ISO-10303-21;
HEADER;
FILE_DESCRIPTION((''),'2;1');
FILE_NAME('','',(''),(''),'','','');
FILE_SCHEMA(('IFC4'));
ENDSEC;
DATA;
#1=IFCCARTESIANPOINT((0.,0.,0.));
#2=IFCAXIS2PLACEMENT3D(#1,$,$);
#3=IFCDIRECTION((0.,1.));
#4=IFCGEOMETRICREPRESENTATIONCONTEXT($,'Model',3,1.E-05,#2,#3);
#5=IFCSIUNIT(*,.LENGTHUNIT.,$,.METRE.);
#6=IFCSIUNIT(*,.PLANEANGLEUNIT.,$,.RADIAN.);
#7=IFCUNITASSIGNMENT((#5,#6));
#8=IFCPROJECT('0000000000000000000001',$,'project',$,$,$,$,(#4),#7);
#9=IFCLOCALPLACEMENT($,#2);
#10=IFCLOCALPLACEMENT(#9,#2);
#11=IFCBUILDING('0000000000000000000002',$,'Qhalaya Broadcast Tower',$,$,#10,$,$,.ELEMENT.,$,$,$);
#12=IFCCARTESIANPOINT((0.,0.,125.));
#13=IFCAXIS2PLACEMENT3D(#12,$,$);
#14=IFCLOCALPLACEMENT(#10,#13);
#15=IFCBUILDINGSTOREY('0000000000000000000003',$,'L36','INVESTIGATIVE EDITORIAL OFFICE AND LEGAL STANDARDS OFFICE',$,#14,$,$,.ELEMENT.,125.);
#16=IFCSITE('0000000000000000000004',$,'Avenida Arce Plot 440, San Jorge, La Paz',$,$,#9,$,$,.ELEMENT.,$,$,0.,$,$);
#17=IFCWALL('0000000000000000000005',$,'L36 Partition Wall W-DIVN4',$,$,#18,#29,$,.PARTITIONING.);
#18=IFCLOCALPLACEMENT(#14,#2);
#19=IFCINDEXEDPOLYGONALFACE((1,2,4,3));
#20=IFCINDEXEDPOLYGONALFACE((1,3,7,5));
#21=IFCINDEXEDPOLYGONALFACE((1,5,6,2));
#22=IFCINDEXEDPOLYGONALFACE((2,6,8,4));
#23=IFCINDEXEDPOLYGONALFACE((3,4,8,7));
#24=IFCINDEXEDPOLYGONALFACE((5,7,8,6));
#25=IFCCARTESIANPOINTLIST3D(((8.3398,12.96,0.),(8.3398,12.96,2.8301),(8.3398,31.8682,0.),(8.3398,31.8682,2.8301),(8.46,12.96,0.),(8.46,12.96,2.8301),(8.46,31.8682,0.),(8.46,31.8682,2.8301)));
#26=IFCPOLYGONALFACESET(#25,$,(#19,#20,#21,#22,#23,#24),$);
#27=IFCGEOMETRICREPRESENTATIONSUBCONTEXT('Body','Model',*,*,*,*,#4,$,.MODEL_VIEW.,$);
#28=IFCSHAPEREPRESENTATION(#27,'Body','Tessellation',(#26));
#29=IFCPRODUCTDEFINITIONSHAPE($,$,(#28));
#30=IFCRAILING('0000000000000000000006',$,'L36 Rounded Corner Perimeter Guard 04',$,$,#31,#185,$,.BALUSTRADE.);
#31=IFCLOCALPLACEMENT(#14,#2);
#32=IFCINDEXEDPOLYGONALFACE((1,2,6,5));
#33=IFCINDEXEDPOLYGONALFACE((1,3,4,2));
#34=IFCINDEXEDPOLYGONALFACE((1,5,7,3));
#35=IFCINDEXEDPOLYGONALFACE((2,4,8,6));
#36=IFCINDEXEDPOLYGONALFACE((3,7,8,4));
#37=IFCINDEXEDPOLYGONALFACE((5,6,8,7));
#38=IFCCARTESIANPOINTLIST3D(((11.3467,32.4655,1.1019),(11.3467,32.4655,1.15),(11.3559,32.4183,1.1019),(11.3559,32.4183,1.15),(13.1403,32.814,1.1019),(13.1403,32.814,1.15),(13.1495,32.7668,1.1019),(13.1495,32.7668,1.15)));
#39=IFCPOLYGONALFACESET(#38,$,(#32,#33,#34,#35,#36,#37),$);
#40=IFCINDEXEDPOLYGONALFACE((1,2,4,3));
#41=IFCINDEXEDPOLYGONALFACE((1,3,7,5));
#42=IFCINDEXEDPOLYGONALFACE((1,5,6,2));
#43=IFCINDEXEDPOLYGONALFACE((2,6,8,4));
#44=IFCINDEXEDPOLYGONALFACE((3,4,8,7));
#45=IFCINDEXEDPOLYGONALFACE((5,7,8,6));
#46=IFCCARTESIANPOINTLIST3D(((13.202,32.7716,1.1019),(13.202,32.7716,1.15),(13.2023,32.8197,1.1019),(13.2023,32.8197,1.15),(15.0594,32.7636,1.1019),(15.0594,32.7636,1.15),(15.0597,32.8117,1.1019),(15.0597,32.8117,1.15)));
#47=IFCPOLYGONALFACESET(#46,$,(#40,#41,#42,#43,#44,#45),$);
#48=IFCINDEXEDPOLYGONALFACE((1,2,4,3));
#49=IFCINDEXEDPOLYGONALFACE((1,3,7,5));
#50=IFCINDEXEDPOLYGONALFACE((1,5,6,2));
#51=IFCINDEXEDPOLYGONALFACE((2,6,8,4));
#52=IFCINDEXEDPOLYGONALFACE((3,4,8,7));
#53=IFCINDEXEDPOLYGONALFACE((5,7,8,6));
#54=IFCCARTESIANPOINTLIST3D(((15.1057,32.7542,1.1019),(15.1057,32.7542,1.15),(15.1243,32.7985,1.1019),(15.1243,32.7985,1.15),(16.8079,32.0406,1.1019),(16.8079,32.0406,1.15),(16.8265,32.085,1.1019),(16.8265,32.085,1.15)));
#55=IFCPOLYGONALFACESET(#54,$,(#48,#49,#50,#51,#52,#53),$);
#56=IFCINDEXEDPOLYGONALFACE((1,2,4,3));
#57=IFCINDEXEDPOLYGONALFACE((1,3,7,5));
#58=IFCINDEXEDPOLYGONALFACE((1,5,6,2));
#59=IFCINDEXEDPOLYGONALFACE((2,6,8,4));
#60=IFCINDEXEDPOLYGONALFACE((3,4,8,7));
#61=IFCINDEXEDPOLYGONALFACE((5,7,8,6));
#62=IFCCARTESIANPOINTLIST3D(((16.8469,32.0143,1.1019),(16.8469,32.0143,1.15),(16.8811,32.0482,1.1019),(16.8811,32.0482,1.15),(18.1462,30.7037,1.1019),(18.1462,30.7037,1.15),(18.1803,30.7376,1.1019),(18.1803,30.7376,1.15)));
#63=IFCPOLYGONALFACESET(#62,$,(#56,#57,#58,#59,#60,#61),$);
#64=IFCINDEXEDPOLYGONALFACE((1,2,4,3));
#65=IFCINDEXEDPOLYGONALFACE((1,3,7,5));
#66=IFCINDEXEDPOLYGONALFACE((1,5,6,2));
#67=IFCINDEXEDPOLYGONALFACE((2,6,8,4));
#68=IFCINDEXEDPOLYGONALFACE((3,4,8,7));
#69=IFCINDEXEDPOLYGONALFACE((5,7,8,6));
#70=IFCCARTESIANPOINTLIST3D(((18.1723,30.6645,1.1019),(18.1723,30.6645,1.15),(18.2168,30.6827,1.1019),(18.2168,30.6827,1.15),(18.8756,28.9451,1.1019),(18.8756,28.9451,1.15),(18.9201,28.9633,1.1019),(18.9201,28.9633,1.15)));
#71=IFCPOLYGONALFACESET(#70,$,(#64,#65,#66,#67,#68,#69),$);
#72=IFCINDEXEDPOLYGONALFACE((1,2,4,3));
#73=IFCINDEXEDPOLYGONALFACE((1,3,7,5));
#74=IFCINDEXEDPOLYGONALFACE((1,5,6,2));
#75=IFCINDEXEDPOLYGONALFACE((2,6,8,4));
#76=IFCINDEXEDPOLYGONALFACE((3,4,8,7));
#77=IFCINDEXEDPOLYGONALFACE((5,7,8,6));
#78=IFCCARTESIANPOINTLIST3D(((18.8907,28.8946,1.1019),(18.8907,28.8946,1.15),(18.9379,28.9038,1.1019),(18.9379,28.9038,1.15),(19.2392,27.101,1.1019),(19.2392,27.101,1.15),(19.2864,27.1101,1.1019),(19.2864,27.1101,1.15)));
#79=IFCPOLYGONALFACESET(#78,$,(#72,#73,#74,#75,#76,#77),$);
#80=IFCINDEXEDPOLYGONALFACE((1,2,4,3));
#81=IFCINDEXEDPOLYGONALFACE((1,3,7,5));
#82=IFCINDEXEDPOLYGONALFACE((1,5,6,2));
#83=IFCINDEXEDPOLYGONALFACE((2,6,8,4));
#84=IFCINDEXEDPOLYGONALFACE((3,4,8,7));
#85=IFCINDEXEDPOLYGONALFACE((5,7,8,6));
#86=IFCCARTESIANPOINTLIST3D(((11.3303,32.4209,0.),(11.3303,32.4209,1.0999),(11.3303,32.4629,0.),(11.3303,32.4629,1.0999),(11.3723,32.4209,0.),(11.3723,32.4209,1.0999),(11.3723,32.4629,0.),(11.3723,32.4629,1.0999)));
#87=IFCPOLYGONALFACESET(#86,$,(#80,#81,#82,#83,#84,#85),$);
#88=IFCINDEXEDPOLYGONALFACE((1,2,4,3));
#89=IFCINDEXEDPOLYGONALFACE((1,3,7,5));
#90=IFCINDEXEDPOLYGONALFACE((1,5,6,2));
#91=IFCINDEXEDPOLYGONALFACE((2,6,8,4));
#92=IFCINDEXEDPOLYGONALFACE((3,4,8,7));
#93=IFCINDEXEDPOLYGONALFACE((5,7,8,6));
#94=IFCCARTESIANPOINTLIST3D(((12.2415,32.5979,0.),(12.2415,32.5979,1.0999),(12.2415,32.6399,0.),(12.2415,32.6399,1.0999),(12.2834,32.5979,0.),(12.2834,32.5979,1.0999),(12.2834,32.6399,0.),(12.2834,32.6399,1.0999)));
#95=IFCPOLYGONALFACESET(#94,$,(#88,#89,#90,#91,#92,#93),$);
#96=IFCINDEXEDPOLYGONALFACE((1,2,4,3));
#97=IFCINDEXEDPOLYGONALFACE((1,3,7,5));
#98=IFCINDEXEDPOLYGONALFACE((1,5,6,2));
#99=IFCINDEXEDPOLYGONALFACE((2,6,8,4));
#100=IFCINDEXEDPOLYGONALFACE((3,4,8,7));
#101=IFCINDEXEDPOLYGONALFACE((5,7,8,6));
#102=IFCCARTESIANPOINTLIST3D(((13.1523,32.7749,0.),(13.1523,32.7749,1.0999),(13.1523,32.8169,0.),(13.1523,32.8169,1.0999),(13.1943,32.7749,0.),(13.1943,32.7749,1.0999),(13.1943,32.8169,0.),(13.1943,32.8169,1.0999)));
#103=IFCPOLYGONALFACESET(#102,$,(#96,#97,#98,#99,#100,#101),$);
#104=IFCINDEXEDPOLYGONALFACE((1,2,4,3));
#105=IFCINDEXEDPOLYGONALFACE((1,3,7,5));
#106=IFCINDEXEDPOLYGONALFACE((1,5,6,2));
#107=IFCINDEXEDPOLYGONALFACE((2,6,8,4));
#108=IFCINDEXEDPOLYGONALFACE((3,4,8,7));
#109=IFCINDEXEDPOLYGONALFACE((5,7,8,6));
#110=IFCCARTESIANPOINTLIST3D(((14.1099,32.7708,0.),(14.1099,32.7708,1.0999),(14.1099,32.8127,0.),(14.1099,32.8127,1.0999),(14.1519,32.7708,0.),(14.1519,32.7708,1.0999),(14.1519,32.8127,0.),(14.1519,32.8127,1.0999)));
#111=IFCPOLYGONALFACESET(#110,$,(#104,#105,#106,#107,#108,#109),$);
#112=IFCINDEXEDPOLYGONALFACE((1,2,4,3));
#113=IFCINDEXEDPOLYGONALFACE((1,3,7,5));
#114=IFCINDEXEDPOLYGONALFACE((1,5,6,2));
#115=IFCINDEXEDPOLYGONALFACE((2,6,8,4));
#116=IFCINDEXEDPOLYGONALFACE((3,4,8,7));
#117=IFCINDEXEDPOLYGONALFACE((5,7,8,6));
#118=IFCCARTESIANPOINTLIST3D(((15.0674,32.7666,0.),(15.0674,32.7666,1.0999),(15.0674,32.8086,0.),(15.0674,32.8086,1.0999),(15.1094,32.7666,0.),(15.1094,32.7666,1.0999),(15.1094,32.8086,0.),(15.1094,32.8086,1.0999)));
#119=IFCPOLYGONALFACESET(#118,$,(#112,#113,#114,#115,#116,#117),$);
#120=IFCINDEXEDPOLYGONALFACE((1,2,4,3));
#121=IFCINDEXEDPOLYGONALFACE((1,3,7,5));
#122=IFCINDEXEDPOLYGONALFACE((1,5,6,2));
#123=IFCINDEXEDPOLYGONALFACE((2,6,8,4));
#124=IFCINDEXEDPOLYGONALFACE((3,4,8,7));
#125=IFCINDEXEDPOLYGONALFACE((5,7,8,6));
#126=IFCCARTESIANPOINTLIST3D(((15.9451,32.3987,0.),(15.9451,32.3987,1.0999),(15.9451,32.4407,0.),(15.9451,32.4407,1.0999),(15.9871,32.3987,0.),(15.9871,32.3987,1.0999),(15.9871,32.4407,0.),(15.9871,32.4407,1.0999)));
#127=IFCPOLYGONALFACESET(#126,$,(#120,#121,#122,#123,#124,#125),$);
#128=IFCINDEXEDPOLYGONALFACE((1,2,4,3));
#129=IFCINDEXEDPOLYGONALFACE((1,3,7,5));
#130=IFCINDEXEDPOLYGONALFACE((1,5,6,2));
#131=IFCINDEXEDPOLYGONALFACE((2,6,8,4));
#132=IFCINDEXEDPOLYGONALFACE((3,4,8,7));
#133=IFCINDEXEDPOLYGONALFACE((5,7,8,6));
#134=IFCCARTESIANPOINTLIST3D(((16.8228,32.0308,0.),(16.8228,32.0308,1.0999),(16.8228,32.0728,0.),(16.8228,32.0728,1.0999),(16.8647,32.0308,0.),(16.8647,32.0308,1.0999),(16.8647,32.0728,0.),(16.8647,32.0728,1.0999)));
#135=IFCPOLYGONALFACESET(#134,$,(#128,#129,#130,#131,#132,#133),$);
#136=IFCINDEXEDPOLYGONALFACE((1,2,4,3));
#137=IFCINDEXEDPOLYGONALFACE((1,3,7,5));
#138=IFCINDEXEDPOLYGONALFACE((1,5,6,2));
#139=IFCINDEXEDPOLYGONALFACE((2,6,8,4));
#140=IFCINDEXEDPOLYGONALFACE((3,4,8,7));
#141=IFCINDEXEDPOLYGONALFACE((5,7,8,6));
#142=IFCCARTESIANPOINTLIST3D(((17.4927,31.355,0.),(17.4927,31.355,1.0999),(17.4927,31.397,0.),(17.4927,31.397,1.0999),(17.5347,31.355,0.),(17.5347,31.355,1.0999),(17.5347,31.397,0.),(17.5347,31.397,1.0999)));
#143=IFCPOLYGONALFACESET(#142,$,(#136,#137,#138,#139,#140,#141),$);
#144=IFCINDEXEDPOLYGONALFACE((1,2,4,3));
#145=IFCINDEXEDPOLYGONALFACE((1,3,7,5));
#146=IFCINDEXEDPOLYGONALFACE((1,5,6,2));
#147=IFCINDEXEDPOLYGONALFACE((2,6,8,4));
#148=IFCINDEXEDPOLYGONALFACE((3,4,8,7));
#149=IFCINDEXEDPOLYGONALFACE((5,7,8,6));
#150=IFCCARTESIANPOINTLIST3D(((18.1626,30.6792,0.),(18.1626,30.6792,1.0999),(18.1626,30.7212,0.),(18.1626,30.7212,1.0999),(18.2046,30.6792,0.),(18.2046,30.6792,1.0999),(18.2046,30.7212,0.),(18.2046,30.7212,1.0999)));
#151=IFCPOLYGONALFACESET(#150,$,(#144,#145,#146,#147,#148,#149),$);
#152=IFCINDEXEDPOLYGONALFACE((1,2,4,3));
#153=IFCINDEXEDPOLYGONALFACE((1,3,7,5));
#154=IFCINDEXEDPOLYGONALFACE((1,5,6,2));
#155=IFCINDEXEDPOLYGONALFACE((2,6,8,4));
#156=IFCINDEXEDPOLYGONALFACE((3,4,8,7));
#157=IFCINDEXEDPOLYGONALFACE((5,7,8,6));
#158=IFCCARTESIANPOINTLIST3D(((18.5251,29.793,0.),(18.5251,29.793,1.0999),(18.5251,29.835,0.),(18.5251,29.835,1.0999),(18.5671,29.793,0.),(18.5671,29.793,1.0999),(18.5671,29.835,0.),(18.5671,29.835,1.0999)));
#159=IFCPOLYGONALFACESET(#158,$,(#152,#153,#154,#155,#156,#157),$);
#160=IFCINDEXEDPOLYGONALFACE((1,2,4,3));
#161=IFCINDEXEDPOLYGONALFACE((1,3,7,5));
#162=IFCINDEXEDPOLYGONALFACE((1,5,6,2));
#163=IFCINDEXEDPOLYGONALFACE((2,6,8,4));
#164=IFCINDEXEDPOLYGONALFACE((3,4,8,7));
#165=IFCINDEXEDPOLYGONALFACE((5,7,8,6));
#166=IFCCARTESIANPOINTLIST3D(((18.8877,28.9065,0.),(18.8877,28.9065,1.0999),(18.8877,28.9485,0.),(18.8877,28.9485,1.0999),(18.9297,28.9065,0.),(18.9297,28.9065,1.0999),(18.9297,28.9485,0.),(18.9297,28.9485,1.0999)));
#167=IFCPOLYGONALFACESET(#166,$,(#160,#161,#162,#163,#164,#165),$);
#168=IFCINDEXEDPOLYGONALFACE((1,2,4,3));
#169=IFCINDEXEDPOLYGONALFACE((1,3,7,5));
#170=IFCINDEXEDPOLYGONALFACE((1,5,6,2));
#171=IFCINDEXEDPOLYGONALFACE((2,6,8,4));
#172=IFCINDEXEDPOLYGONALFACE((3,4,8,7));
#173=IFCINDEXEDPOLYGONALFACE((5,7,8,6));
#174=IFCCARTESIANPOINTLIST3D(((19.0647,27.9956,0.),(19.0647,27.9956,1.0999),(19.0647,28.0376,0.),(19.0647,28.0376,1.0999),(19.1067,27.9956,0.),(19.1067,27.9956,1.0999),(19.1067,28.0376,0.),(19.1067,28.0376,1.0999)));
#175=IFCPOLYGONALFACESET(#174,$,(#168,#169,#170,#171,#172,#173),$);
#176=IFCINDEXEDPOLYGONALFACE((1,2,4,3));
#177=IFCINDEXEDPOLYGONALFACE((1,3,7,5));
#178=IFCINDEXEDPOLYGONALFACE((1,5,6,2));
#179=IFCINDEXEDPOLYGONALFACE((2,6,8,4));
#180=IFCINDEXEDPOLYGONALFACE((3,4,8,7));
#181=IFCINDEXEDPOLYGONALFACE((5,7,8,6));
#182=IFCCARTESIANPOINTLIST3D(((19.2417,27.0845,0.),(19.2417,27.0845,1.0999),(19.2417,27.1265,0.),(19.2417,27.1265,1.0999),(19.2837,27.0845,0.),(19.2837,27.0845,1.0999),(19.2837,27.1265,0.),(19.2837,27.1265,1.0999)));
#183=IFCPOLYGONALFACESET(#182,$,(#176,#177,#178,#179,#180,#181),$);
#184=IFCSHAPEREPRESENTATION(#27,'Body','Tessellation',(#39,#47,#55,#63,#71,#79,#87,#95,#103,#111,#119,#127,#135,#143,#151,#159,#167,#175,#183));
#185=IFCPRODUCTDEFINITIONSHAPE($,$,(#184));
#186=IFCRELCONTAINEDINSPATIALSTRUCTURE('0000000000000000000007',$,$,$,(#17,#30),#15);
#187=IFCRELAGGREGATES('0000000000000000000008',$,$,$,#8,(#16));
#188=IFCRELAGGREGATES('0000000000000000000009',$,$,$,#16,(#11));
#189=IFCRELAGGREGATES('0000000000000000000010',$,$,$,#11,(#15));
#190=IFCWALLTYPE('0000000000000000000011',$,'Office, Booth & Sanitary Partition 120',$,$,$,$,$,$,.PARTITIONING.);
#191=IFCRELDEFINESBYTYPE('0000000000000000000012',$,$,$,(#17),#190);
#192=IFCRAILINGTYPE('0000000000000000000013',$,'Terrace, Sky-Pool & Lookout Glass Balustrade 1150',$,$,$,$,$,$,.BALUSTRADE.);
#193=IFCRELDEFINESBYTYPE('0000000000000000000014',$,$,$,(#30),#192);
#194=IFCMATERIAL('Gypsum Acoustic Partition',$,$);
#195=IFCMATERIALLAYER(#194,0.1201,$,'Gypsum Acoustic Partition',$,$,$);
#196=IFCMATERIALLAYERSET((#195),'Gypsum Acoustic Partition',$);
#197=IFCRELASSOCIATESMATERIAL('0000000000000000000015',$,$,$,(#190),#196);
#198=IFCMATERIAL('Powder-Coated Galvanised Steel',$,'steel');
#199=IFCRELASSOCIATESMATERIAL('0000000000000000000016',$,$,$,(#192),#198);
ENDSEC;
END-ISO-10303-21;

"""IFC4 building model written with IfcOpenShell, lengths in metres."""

from ifc_helpers import new_model, si_unit, direction, frame, frame_2d, origin, origin_2d, place, context, subcontext, project, spatial, rectangle, extrude, material, layer, layer_set, type_object, element, save


model = new_model("IFC4")

# Units and contexts
model_context = context("Model", 3, precision=1e-05, world=origin(), true_north=direction((0.0, 1.0)))
body_context = subcontext(model_context, "Body", "Model", "MODEL_VIEW")
ifc_project = project(units=[si_unit("LENGTHUNIT", "METRE"), si_unit("PLANEANGLEUNIT", "RADIAN")], contexts=[model_context])

# Site, building, storey
site_placement = place(None, origin())
site = spatial("IfcSite", under=ifc_project, at=site_placement, Name="Avenida Arce Plot 440, San Jorge, La Paz", CompositionType="ELEMENT", RefElevation=0.0)
building_placement = place(site_placement, origin())
building = spatial("IfcBuilding", under=site, at=building_placement, Name="Qhalaya Broadcast Tower", CompositionType="ELEMENT")
storey_placement = place(building_placement, frame((0.0, 0.0, 125.0)))
storey = spatial("IfcBuildingStorey", under=building, at=storey_placement, Name="L36", Description="INVESTIGATIVE EDITORIAL OFFICE AND LEGAL STANDARDS OFFICE", CompositionType="ELEMENT", Elevation=125.0)

# Shared definitions
ifc_material_1 = material(Name="Gypsum Acoustic Partition")

# Wall
ifc_layer_1 = layer(ifc_material_1, 0.1201, Name="Gypsum Acoustic Partition")
ifc_layer_set_1 = layer_set([ifc_layer_1], Name="Gypsum Acoustic Partition")
wall_type_1 = type_object("IfcWallType", Name="Office, Booth & Sanitary Partition 120", PredefinedType="PARTITIONING", material=ifc_layer_set_1)
wall_1_placement = place(storey_placement, frame((8.3999, 12.96, 0.0), z_axis=(0.0, 0.0, 1.0), x_axis=(0.0, 1.0, 0.0)))
element("IfcWall", 1, at=wall_1_placement, inside=storey, type_object=wall_type_1, Name="L36 Partition Wall W-DIVN4", PredefinedType="PARTITIONING", context=body_context, shape_type="SweptSolid", body=[
    extrude(rectangle(XDim=18.9082, YDim=0.1201, at=frame_2d((9.4541, 0.0))), origin(), (0.0, 0.0, 1.0), 2.8301),
])

# Railing
ifc_material_2 = material(Name="Powder-Coated Galvanised Steel", Category="steel")
railing_type = type_object("IfcRailingType", Name="Terrace, Sky-Pool & Lookout Glass Balustrade 1150", PredefinedType="BALUSTRADE", material=ifc_material_2)
railing_placement = place(storey_placement, frame((11.3513, 32.4419, 0.0)))
element("IfcRailing", 2, at=railing_placement, inside=storey, type_object=railing_type, Name="L36 Rounded Corner Perimeter Guard 04", PredefinedType="BALUSTRADE", context=body_context, shape_type="SweptSolid", body=[
    extrude(rectangle(XDim=0.0481, YDim=0.0481, at=origin_2d()), frame((0.0, 0.0, 1.126), z_axis=(0.981643, 0.190725, 0.0), x_axis=(-0.190725, 0.981643, 0.0)), (0.0, 0.0, 1.0), 1.8271),
    extrude(rectangle(XDim=0.0481, YDim=0.0481, at=origin_2d()), frame((1.8508, 0.3538, 1.126), z_axis=(0.999991, -0.004334, 0.0), x_axis=(0.004334, 0.999991, 0.0)), (0.0, 0.0, 1.0), 1.8574),
    extrude(rectangle(XDim=0.0481, YDim=0.0481, at=origin_2d()), frame((3.7637, 0.3345, 1.126), z_axis=(0.922247, -0.3866, 0.0), x_axis=(0.3866, 0.922247, 0.0)), (0.0, 0.0, 1.0), 1.8457),
    extrude(rectangle(XDim=0.0481, YDim=0.0481, at=origin_2d()), frame((5.5127, -0.4106, 1.126), z_axis=(0.704021, -0.710179, 0.0), x_axis=(0.710179, 0.704021, 0.0)), (0.0, 0.0, 1.0), 1.8455),
    extrude(rectangle(XDim=0.0481, YDim=0.0481, at=origin_2d()), frame((6.8433, -1.7683, 1.126), z_axis=(0.378588, -0.925565, 0.0), x_axis=(0.925565, 0.378588, 0.0)), (0.0, 0.0, 1.0), 1.8577),
    extrude(rectangle(XDim=0.0481, YDim=0.0481, at=origin_2d()), frame((7.563, -3.5427, 1.126), z_axis=(0.190725, -0.981643, 0.0), x_axis=(0.981643, 0.190725, 0.0)), (0.0, 0.0, 1.0), 1.8271),
    extrude(rectangle(XDim=0.042, YDim=0.042, at=origin_2d()), origin(), (0.0, 0.0, 1.0), 1.0999),
    extrude(rectangle(XDim=0.042, YDim=0.042, at=origin_2d()), frame((0.9111, 0.177, 0.0)), (0.0, 0.0, 1.0), 1.0999),
    extrude(rectangle(XDim=0.042, YDim=0.042, at=origin_2d()), frame((1.822, 0.354, 0.0)), (0.0, 0.0, 1.0), 1.0999),
    extrude(rectangle(XDim=0.042, YDim=0.042, at=origin_2d()), frame((2.7795, 0.3499, 0.0)), (0.0, 0.0, 1.0), 1.0999),
    extrude(rectangle(XDim=0.042, YDim=0.042, at=origin_2d()), frame((3.7371, 0.3457, 0.0)), (0.0, 0.0, 1.0), 1.0999),
    extrude(rectangle(XDim=0.042, YDim=0.042, at=origin_2d()), frame((4.6147, -0.0222, 0.0)), (0.0, 0.0, 1.0), 1.0999),
    extrude(rectangle(XDim=0.042, YDim=0.042, at=origin_2d()), frame((5.4924, -0.3901, 0.0)), (0.0, 0.0, 1.0), 1.0999),
    extrude(rectangle(XDim=0.042, YDim=0.042, at=origin_2d()), frame((6.1624, -1.0659, 0.0)), (0.0, 0.0, 1.0), 1.0999),
    extrude(rectangle(XDim=0.042, YDim=0.042, at=origin_2d()), frame((6.8323, -1.7417, 0.0)), (0.0, 0.0, 1.0), 1.0999),
    extrude(rectangle(XDim=0.042, YDim=0.042, at=origin_2d()), frame((7.1948, -2.6279, 0.0)), (0.0, 0.0, 1.0), 1.0999),
    extrude(rectangle(XDim=0.042, YDim=0.042, at=origin_2d()), frame((7.5574, -3.5144, 0.0)), (0.0, 0.0, 1.0), 1.0999),
    extrude(rectangle(XDim=0.042, YDim=0.042, at=origin_2d()), frame((7.7344, -4.4253, 0.0)), (0.0, 0.0, 1.0), 1.0999),
    extrude(rectangle(XDim=0.042, YDim=0.042, at=origin_2d()), frame((7.9114, -5.3364, 0.0)), (0.0, 0.0, 1.0), 1.0999),
])

save(model, "model.ifc")
